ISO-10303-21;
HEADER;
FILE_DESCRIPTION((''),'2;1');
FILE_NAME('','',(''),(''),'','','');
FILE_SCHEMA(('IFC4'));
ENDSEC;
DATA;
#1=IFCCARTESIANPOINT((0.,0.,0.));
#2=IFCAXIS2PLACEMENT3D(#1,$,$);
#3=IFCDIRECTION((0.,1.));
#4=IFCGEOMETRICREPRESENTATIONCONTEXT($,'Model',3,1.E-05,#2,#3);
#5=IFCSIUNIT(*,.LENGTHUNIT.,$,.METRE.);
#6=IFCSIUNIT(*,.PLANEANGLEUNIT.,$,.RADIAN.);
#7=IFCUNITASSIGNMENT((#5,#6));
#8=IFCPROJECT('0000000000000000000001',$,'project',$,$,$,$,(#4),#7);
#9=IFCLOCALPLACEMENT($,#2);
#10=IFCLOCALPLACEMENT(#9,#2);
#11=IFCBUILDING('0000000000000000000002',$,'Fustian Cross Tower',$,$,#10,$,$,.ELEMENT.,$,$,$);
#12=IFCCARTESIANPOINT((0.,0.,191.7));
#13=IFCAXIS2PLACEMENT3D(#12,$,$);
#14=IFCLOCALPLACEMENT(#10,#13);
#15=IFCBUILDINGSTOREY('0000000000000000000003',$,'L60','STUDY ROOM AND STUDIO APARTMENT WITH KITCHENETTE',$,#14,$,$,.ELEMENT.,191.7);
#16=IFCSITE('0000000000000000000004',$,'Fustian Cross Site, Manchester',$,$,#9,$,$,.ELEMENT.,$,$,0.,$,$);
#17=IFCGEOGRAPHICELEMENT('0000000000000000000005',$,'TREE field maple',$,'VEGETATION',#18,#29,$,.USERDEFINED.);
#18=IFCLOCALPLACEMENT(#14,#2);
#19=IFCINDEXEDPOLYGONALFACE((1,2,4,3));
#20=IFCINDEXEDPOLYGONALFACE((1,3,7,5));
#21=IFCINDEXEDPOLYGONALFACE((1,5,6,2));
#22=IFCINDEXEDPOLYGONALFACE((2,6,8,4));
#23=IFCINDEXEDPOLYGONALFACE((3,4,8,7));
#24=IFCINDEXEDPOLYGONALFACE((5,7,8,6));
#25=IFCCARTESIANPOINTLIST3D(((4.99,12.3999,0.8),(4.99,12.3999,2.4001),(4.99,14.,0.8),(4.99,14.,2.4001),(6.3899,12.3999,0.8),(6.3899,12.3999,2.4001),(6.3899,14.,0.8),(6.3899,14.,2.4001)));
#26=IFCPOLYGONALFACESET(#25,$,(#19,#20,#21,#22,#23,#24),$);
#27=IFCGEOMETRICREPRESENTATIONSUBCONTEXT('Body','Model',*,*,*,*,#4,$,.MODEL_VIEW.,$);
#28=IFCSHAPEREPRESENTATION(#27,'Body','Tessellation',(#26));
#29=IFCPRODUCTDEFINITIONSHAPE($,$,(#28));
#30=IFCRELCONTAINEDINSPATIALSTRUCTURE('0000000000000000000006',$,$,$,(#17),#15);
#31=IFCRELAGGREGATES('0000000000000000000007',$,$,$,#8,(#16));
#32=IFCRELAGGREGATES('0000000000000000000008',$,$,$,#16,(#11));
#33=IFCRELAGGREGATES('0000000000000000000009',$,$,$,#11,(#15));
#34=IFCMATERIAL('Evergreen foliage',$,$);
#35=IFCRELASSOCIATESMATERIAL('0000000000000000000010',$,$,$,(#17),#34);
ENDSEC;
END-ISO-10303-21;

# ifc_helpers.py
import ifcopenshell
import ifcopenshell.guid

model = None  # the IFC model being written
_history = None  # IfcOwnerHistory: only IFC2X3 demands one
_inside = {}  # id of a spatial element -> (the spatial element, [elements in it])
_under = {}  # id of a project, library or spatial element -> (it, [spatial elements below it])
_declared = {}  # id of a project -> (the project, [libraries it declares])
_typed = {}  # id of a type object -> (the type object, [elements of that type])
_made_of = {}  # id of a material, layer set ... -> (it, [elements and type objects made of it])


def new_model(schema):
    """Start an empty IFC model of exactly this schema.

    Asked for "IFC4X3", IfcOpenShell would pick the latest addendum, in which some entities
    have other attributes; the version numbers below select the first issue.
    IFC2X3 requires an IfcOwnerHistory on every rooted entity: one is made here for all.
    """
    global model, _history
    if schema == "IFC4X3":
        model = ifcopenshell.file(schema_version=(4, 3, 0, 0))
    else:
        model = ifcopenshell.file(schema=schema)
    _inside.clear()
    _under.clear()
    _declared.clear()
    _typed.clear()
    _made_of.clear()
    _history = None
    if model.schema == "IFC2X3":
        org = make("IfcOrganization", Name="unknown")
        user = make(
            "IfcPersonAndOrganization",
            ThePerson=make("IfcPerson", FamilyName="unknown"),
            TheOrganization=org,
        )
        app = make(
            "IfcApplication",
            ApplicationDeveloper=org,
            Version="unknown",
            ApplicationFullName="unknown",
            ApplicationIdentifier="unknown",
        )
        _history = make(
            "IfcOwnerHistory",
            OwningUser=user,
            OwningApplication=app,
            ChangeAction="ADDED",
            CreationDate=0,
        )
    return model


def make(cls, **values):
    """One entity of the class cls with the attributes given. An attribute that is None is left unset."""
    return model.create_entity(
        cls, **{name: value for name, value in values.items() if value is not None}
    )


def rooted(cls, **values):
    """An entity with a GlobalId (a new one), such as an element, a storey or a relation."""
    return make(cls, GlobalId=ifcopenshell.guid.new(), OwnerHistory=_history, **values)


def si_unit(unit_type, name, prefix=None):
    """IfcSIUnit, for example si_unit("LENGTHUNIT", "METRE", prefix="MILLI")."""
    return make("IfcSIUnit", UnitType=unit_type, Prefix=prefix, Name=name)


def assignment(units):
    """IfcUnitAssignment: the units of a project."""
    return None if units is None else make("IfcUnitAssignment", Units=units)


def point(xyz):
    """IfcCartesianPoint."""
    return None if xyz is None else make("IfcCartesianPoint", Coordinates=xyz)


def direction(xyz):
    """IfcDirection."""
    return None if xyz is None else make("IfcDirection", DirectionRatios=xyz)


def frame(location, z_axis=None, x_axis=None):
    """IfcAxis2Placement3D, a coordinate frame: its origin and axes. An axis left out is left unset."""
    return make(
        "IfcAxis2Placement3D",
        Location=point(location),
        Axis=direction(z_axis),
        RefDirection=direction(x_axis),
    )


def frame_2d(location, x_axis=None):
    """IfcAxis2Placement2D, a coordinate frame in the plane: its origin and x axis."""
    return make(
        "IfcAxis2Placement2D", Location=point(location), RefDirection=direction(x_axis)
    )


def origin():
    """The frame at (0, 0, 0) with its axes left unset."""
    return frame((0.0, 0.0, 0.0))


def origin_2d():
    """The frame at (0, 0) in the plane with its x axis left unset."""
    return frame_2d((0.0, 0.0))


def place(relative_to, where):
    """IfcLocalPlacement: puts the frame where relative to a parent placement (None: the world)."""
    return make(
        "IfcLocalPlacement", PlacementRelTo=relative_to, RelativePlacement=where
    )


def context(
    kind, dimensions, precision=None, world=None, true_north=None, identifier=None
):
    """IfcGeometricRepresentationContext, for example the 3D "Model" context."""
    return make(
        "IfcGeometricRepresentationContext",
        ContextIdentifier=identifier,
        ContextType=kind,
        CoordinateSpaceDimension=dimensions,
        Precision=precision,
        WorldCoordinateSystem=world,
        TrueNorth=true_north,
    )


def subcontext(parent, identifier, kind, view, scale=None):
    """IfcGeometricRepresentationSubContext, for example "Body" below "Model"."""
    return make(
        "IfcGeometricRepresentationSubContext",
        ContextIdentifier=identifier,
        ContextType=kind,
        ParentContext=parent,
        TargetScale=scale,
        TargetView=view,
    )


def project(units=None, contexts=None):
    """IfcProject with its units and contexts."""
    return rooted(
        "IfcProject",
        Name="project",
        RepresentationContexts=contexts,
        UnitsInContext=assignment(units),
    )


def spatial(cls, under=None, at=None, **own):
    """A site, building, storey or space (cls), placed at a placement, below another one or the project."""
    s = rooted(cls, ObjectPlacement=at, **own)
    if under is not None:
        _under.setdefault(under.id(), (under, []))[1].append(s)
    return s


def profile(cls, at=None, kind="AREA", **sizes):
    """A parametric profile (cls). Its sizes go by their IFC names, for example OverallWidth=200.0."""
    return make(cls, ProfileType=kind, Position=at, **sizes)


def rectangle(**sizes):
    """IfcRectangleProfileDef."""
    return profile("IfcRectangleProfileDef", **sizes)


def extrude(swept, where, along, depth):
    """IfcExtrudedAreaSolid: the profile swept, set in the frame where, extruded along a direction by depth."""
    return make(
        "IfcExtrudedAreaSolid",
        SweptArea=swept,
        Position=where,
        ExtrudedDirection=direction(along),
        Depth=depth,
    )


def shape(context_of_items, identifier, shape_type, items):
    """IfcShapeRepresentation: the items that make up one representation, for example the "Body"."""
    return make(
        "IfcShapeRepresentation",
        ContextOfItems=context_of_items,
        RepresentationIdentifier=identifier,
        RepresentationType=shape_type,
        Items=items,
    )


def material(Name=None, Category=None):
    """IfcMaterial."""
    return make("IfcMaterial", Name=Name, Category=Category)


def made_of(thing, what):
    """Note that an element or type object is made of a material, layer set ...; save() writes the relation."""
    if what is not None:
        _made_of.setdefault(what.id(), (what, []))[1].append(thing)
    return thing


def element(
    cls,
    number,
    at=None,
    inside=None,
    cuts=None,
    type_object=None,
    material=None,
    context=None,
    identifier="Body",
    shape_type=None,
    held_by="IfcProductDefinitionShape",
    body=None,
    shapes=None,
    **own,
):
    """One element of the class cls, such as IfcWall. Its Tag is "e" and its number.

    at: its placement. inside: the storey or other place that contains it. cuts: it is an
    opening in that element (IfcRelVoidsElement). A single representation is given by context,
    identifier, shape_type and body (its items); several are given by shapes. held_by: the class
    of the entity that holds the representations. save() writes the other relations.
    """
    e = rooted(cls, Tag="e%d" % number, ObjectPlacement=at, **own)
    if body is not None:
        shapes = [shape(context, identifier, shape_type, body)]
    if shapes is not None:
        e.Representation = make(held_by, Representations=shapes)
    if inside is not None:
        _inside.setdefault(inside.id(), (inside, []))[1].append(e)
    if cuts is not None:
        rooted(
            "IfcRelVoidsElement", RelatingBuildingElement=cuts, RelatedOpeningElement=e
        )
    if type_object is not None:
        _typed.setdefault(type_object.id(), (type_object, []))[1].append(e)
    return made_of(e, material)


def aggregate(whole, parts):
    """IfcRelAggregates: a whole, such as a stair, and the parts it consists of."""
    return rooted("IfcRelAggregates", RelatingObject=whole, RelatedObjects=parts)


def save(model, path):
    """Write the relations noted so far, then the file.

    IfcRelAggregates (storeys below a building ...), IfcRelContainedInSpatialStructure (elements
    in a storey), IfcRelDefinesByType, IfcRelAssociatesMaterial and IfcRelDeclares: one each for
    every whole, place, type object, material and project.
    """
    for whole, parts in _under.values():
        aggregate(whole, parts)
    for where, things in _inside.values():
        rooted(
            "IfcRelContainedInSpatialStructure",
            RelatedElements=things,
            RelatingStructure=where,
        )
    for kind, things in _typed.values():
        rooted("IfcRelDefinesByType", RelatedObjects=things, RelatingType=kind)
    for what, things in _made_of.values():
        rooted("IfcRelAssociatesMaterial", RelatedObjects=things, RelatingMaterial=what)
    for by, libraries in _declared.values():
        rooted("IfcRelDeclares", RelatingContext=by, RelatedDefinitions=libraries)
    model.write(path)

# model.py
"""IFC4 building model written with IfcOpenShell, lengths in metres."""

from ifc_helpers import new_model, si_unit, direction, frame, origin, origin_2d, place, context, subcontext, project, spatial, rectangle, extrude, material, element, save


model = new_model("IFC4")

# Units and contexts
model_context = context("Model", 3, precision=1e-05, world=origin(), true_north=direction((0.0, 1.0)))
body_context = subcontext(model_context, "Body", "Model", "MODEL_VIEW")
ifc_project = project(units=[si_unit("LENGTHUNIT", "METRE"), si_unit("PLANEANGLEUNIT", "RADIAN")], contexts=[model_context])

# Site, building, storey
site_placement = place(None, origin())
site = spatial("IfcSite", under=ifc_project, at=site_placement, Name="Fustian Cross Site, Manchester", CompositionType="ELEMENT", RefElevation=0.0)
building_placement = place(site_placement, origin())
building = spatial("IfcBuilding", under=site, at=building_placement, Name="Fustian Cross Tower", CompositionType="ELEMENT")
storey_placement = place(building_placement, frame((0.0, 0.0, 191.7)))
storey = spatial("IfcBuildingStorey", under=building, at=storey_placement, Name="L60", Description="STUDY ROOM AND STUDIO APARTMENT WITH KITCHENETTE", CompositionType="ELEMENT", Elevation=191.7)

# Geographic element
ifc_material_1 = material(Name="Evergreen foliage")
geographic_element_placement = place(storey_placement, frame((5.6899, 13.2, 0.8), z_axis=(0.0, 0.0, 1.0), x_axis=(1.0, 0.0, 0.0)))
element("IfcGeographicElement", 1, at=geographic_element_placement, inside=storey, material=ifc_material_1, Name="TREE field maple", ObjectType="VEGETATION", PredefinedType="USERDEFINED", context=body_context, shape_type="SweptSolid", body=[
    extrude(rectangle(XDim=1.3999, YDim=1.6001, at=origin_2d()), origin(), (0.0, 0.0, 1.0), 1.6001),
])

save(model, "model.ifc")
